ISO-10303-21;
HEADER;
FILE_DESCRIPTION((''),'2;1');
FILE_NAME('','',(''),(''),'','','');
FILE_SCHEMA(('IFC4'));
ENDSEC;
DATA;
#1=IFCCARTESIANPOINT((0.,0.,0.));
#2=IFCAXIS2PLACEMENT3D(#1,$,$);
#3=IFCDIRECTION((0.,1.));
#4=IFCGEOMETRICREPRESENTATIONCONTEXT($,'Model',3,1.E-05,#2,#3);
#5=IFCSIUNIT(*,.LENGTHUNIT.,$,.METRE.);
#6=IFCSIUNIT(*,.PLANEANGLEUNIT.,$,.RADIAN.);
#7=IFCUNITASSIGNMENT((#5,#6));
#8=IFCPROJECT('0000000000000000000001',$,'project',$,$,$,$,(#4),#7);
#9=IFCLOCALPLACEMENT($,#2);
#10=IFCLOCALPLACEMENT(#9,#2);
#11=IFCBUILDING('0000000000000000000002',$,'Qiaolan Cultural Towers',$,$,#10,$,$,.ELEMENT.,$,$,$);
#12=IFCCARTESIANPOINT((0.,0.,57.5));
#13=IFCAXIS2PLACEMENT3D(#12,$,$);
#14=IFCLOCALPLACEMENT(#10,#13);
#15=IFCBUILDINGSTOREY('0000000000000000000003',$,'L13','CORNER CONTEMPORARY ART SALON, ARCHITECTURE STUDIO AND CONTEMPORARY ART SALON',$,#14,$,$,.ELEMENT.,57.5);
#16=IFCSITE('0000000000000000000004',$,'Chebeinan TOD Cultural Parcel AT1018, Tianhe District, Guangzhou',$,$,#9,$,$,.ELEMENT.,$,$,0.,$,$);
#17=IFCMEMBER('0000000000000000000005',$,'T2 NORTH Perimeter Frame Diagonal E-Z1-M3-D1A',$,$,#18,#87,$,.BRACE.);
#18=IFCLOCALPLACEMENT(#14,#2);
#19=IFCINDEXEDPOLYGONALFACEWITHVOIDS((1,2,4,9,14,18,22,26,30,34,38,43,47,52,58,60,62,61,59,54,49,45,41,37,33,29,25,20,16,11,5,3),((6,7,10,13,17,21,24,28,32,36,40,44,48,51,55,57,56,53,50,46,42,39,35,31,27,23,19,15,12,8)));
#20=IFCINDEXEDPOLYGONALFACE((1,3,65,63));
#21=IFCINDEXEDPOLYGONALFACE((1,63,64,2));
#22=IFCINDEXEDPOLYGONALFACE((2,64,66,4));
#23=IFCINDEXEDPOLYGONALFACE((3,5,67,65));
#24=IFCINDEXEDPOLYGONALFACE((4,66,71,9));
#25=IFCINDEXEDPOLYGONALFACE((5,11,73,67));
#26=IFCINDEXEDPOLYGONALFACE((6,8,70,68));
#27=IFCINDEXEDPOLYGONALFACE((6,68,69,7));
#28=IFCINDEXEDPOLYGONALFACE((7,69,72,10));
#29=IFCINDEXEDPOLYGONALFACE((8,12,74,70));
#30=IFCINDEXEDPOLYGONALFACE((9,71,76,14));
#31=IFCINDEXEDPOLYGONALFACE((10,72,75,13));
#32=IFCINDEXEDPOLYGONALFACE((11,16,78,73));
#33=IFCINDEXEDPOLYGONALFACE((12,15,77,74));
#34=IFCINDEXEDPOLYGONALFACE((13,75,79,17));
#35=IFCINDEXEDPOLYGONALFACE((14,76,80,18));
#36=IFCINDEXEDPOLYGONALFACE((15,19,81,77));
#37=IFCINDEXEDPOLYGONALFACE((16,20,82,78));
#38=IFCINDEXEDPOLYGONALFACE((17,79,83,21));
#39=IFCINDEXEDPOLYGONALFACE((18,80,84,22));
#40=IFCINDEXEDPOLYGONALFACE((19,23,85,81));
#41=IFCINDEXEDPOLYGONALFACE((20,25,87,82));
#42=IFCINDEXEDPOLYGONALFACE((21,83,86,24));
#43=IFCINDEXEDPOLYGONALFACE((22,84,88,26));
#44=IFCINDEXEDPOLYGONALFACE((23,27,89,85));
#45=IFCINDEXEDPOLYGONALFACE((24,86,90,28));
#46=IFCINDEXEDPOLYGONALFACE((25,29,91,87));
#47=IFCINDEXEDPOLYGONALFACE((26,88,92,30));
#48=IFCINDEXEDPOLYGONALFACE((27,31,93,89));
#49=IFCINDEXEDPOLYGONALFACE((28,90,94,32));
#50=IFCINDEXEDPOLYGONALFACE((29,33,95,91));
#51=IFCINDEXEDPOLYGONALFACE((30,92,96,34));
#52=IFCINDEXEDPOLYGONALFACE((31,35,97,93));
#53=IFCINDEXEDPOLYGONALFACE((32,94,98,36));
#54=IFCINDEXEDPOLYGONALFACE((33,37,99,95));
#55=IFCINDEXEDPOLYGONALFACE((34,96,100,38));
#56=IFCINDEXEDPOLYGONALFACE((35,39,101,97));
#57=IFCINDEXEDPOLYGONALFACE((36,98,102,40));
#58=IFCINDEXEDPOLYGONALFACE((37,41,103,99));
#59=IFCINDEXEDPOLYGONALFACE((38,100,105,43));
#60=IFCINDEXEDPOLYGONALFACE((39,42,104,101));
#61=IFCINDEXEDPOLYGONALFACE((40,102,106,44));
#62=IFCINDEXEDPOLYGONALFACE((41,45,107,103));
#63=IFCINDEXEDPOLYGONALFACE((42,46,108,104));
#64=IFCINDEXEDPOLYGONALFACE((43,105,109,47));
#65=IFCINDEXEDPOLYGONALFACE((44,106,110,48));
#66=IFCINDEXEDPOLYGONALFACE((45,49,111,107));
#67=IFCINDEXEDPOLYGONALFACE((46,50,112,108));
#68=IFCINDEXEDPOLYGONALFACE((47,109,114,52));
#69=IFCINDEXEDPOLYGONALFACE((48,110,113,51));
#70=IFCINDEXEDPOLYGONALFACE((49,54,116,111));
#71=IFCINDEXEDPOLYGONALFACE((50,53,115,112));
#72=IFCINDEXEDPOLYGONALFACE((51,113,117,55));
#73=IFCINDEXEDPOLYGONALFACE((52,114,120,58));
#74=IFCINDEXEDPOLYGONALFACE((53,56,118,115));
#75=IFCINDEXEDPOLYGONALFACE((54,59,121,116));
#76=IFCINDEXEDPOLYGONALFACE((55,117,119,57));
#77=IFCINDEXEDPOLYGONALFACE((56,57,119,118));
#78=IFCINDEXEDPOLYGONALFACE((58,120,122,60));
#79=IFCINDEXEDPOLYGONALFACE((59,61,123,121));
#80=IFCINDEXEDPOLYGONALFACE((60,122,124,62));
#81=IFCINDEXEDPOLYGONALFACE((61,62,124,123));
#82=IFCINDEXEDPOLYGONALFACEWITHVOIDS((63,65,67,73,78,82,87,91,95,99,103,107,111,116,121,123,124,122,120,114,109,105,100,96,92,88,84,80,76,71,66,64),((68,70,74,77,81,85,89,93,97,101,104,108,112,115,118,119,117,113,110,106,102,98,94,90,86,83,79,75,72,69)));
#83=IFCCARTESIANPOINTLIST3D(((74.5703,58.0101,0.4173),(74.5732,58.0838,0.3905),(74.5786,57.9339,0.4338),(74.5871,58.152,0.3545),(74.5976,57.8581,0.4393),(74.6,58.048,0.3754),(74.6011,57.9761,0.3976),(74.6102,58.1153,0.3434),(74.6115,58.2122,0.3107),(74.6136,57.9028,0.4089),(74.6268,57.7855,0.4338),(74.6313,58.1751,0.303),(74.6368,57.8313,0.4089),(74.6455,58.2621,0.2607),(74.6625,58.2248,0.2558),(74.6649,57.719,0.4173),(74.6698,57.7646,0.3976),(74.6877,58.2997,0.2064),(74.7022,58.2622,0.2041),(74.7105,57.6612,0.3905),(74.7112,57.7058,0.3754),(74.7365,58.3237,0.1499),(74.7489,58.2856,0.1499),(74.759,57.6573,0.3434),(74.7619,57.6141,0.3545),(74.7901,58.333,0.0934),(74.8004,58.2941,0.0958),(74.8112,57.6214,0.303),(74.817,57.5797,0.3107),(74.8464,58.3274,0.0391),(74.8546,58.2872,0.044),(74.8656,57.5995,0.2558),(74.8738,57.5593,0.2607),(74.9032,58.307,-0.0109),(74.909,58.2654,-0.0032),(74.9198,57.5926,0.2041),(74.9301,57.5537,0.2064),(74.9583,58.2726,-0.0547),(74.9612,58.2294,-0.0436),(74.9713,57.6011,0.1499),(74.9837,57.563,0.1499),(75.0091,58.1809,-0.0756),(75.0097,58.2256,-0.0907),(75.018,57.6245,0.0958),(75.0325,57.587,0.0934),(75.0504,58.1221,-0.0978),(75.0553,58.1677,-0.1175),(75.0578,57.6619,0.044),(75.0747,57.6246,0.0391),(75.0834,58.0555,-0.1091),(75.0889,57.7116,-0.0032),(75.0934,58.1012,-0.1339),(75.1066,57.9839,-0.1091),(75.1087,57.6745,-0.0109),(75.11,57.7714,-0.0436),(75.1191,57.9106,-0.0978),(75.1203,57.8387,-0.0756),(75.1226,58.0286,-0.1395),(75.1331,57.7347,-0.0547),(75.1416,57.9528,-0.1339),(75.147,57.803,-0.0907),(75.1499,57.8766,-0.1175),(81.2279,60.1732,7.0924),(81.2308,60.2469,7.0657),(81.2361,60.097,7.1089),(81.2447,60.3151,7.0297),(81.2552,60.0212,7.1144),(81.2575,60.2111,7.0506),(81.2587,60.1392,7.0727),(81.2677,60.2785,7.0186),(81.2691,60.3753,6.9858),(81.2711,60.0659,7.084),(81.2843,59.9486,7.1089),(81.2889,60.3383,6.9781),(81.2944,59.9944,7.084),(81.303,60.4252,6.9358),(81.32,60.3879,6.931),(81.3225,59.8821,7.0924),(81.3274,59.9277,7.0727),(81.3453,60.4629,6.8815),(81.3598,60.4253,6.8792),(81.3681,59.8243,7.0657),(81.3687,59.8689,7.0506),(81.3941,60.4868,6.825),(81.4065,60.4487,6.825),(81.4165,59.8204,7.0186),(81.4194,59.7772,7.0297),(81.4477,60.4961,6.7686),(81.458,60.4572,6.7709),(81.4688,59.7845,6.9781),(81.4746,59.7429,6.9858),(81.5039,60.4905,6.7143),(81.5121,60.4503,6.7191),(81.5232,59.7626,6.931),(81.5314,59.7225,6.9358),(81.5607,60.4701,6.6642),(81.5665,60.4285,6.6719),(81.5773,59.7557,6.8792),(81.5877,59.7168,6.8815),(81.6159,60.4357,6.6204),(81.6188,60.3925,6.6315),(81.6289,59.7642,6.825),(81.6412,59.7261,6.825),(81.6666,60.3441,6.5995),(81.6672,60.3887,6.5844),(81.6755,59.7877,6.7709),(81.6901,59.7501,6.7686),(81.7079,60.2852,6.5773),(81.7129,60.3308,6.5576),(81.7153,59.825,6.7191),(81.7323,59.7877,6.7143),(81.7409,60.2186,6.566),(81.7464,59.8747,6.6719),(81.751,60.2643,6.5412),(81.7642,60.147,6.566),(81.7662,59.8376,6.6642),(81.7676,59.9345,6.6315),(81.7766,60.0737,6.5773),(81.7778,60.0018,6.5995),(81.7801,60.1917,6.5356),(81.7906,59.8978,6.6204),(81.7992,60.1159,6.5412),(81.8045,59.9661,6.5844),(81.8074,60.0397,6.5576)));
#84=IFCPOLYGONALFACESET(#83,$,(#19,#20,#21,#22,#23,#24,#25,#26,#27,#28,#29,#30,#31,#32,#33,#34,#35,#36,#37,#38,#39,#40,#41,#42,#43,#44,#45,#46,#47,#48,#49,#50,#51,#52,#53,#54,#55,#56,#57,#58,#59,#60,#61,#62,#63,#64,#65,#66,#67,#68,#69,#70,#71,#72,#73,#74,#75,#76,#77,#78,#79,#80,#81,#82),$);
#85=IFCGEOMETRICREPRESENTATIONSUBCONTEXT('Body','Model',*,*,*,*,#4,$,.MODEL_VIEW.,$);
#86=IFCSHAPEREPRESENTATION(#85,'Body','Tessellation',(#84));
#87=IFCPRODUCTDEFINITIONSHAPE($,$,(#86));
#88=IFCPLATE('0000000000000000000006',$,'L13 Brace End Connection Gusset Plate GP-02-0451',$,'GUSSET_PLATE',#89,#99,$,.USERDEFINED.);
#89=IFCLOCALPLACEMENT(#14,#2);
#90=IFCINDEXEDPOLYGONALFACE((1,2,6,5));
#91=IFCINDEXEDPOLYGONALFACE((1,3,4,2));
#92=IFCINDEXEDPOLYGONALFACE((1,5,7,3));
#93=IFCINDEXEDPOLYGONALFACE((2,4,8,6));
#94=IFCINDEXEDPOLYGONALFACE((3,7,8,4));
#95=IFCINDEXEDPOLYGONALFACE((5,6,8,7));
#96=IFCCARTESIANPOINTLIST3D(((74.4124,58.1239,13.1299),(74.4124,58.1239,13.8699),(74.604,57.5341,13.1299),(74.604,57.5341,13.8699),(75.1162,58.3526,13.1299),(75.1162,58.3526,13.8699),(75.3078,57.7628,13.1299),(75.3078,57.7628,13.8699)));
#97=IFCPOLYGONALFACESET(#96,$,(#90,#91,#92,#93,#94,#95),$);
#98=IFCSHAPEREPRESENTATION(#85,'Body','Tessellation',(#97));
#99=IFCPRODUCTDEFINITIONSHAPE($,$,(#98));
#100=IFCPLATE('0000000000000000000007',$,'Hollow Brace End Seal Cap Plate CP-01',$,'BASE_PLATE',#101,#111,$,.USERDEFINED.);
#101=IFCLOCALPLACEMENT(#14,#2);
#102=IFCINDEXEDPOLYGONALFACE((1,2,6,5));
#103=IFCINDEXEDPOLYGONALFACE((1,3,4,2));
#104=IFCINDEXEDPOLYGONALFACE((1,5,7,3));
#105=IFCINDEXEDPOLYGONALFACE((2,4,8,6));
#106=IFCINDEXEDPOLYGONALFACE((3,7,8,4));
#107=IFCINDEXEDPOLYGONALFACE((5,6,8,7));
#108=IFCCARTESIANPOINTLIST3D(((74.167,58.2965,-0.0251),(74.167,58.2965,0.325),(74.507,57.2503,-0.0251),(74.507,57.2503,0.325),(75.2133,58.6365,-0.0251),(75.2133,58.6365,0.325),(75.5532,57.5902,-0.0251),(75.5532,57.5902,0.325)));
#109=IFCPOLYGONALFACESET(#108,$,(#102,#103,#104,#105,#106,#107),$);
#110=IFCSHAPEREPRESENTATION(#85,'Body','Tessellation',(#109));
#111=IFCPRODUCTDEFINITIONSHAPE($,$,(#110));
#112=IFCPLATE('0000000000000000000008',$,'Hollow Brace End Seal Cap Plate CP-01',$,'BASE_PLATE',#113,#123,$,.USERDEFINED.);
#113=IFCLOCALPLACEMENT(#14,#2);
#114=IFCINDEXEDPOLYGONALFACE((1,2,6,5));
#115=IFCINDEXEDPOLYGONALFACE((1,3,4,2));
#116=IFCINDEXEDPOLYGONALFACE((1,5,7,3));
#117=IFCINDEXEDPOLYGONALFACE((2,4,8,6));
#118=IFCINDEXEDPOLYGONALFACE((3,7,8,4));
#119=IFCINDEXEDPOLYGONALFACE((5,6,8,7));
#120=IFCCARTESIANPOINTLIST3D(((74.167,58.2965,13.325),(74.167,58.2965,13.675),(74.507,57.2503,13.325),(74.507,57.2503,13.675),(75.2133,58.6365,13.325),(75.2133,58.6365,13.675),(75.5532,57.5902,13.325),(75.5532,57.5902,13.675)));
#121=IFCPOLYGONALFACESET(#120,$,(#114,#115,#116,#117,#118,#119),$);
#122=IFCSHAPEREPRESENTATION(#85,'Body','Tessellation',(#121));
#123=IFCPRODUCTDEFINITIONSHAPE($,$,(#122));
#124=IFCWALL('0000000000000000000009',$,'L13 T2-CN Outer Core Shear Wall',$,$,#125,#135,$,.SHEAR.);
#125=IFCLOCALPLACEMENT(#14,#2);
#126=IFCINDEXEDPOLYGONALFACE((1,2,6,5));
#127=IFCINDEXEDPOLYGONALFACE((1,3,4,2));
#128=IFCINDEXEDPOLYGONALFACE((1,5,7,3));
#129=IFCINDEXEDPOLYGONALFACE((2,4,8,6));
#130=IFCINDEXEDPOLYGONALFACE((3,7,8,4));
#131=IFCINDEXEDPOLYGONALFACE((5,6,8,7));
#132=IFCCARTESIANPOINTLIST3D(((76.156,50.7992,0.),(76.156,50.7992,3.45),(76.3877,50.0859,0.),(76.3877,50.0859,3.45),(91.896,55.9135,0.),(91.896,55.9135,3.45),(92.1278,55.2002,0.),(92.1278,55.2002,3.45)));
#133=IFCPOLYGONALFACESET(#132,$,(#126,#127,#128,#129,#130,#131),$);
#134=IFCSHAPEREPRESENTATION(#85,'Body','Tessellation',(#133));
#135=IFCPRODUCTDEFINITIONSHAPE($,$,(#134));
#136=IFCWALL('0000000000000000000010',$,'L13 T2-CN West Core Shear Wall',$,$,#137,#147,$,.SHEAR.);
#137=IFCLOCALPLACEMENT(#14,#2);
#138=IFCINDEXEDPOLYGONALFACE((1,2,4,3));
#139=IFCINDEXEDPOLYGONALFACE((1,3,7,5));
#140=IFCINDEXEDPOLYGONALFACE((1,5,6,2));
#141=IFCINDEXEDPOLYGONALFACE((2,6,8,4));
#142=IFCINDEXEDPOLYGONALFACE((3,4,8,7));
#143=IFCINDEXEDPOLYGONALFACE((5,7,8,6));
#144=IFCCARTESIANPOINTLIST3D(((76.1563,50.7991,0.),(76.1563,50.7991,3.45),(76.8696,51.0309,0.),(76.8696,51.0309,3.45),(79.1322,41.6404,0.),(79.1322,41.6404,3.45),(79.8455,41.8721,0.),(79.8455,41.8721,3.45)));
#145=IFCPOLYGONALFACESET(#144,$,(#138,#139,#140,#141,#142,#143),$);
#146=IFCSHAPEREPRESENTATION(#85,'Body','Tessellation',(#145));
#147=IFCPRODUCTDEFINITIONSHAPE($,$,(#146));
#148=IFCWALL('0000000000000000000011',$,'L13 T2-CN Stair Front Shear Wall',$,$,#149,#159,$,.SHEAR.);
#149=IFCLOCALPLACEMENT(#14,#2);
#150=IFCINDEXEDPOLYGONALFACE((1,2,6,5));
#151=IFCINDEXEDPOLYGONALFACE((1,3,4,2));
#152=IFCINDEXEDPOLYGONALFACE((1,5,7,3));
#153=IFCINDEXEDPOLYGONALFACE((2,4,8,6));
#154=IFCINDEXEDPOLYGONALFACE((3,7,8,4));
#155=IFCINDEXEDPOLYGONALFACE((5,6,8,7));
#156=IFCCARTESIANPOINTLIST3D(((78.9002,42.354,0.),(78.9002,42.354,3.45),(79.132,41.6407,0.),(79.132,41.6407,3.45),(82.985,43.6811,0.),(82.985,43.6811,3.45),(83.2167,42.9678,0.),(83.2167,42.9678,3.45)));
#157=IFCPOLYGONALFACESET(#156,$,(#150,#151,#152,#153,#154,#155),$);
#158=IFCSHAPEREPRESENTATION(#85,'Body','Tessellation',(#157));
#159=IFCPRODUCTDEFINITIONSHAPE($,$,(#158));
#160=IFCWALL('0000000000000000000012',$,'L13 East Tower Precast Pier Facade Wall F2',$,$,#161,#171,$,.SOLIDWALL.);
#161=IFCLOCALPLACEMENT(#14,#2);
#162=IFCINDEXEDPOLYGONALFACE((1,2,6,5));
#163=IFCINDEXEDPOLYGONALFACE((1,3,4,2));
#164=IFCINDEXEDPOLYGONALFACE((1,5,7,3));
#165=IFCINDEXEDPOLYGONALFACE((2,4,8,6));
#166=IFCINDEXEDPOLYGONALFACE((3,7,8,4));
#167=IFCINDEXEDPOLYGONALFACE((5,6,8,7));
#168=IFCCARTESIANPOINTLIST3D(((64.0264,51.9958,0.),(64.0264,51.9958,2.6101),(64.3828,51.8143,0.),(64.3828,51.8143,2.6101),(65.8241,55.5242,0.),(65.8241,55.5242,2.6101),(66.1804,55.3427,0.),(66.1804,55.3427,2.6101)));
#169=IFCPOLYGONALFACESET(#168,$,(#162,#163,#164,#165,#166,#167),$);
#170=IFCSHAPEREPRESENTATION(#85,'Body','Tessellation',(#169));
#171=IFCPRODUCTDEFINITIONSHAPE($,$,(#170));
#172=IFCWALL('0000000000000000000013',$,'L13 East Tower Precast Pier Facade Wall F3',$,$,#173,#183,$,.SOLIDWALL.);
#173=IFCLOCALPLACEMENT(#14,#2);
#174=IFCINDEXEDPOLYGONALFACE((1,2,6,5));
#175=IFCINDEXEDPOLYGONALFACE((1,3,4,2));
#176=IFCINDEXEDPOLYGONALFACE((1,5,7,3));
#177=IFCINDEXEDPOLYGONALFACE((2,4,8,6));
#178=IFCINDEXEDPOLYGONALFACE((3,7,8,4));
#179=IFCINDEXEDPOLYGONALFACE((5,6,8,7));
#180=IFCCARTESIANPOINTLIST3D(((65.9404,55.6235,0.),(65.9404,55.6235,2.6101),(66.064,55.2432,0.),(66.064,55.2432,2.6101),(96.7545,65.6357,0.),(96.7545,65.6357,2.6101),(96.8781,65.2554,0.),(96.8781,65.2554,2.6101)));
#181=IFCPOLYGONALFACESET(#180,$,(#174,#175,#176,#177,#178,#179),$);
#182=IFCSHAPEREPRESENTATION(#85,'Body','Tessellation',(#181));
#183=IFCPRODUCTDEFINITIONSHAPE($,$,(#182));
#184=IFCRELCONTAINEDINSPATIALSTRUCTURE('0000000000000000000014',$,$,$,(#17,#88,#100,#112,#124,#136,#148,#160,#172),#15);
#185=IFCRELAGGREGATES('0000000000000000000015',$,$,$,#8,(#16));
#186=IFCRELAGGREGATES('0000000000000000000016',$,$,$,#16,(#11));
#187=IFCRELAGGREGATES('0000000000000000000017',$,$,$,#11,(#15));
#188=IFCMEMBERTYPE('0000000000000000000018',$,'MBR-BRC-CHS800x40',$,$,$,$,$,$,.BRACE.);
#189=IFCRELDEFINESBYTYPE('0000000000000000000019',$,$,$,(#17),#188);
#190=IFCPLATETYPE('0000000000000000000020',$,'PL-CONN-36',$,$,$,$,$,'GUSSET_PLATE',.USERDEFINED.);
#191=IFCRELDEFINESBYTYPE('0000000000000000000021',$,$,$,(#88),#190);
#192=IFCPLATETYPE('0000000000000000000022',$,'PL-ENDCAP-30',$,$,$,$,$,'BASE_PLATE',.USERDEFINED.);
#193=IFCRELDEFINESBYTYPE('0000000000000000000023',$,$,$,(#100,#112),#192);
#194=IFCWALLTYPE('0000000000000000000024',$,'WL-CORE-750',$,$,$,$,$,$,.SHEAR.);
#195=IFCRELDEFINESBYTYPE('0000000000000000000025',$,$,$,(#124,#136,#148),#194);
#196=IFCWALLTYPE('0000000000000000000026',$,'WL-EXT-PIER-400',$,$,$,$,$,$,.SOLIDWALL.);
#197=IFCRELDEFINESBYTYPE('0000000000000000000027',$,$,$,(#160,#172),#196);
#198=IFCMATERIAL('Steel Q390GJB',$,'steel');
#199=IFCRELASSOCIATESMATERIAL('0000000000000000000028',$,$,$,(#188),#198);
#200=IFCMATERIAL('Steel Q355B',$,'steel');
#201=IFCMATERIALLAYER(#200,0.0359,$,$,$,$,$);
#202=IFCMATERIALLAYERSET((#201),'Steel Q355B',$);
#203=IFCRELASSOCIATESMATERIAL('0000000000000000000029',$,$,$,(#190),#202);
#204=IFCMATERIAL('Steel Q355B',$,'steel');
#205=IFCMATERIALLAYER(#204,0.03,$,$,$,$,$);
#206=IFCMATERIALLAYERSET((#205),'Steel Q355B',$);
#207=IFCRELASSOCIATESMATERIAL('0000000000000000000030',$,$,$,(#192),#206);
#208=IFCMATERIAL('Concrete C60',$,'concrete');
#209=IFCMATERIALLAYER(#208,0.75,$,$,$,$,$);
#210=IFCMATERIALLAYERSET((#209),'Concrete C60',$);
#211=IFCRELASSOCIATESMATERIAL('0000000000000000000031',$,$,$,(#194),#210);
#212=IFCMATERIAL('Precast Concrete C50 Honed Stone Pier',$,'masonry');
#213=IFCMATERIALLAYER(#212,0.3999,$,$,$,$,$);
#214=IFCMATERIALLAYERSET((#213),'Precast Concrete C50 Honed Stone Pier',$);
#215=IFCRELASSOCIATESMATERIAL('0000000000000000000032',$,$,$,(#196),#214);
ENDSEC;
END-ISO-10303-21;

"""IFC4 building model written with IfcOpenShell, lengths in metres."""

from ifc_helpers import new_model, si_unit, direction, frame, frame_2d, origin, origin_2d, place, context, subcontext, project, spatial, rectangle, hollow_circle, extrude, material, layer, layer_set, material_profile, profile_set, type_object, element, save


model = new_model("IFC4")

# Units and contexts
model_context = context("Model", 3, precision=1e-05, world=origin(), true_north=direction((0.0, 1.0)))
body_context = subcontext(model_context, "Body", "Model", "MODEL_VIEW")
ifc_project = project(units=[si_unit("LENGTHUNIT", "METRE"), si_unit("PLANEANGLEUNIT", "RADIAN")], contexts=[model_context])

# Site, building, storey
site_placement = place(None, origin())
site = spatial("IfcSite", under=ifc_project, at=site_placement, Name="Chebeinan TOD Cultural Parcel AT1018, Tianhe District, Guangzhou", CompositionType="ELEMENT", RefElevation=0.0)
building_placement = place(site_placement, origin())
building = spatial("IfcBuilding", under=site, at=building_placement, Name="Qiaolan Cultural Towers", CompositionType="ELEMENT")
storey_placement = place(building_placement, frame((0.0, 0.0, 57.5)))
storey = spatial("IfcBuildingStorey", under=building, at=storey_placement, Name="L13", Description="CORNER CONTEMPORARY ART SALON, ARCHITECTURE STUDIO AND CONTEMPORARY ART SALON", CompositionType="ELEMENT", Elevation=57.5)

# Member
ifc_material_1 = material(Name="Steel Q390GJB", Category="steel")
ifc_material_profile_1 = material_profile(ifc_material_1, hollow_circle(Radius=0.3999, WallThickness=0.04, at=origin_2d()), Name="CHS800x40")
ifc_profile_set_1 = profile_set([ifc_material_profile_1], Name="Steel Q390GJB")
member_type = type_object("IfcMemberType", Name="MBR-BRC-CHS800x40", PredefinedType="BRACE", material=ifc_profile_set_1)
member_placement = place(storey_placement, frame((74.8601, 57.9434, 0.1499), z_axis=(0.688289, 0.223633, 0.690106), x_axis=(-0.30901, 0.951059, 0.0)))
element("IfcMember", 1, at=member_placement, inside=storey, type_object=member_type, Name="T2 NORTH Perimeter Frame Diagonal E-Z1-M3-D1A", PredefinedType="BRACE", context=body_context, shape_type="SweptSolid", body=[
    extrude(hollow_circle(Radius=0.3999, WallThickness=0.04, at=origin_2d()), origin(), (0.0, 0.0, 1.0), 9.6726),
])

# Plates
ifc_material_2 = material(Name="Steel Q355B", Category="steel")
ifc_layer_1 = layer(ifc_material_2, 0.0359)
ifc_layer_set_1 = layer_set([ifc_layer_1], Name="Steel Q355B")
plate_type_1 = type_object("IfcPlateType", Name="PL-CONN-36", ElementType="GUSSET_PLATE", PredefinedType="USERDEFINED", material=ifc_layer_set_1)
plate_placement = place(storey_placement, frame((74.8601, 57.9434, 13.1299), z_axis=(0.0, 0.0, 1.0), x_axis=(0.951057, 0.309017, 0.0)))
element("IfcPlate", 2, at=plate_placement, inside=storey, type_object=plate_type_1, Name="L13 Brace End Connection Gusset Plate GP-02-0451", ObjectType="GUSSET_PLATE", PredefinedType="USERDEFINED", context=body_context, shape_type="SweptSolid", body=[
    extrude(rectangle(XDim=0.74, YDim=0.6201, at=origin_2d()), origin(), (0.0, 0.0, 1.0), 0.74),
])
ifc_material_3 = material(Name="Steel Q355B", Category="steel")
ifc_layer_2 = layer(ifc_material_3, 0.03)
ifc_layer_set_2 = layer_set([ifc_layer_2], Name="Steel Q355B")
plate_type_2 = type_object("IfcPlateType", Name="PL-ENDCAP-30", ElementType="BASE_PLATE", PredefinedType="USERDEFINED", material=ifc_layer_set_2)
for number, where, z_axis, x_axis, name in (
    (3, (74.8601, 57.9434, -0.0251), (0.0, 0.0, 1.0), (0.951057, 0.309017, 0.0), "Hollow Brace End Seal Cap Plate CP-01"),
    (4, (74.8601, 57.9434, 13.325), (0.0, 0.0, 1.0), (0.951057, 0.309017, 0.0), "Hollow Brace End Seal Cap Plate CP-01"),
):
    element("IfcPlate", number, at=place(storey_placement, frame(where, z_axis=z_axis, x_axis=x_axis)), inside=storey, type_object=plate_type_2, Name=name, ObjectType="BASE_PLATE", PredefinedType="USERDEFINED", context=body_context, shape_type="SweptSolid", body=[
        extrude(rectangle(XDim=1.1001, YDim=1.1001, at=origin_2d()), origin(), (0.0, 0.0, 1.0), 0.3501),
    ])

# Walls
ifc_material_4 = material(Name="Concrete C60", Category="concrete")
ifc_layer_3 = layer(ifc_material_4, 0.75)
ifc_layer_set_3 = layer_set([ifc_layer_3], Name="Concrete C60")
wall_type_1 = type_object("IfcWallType", Name="WL-CORE-750", PredefinedType="SHEAR", material=ifc_layer_set_3)
wall_1_placement = place(storey_placement, frame((76.272, 50.4426, 0.0), z_axis=(0.0, 0.0, 1.0), x_axis=(0.951056, 0.309018, 0.0)))
element("IfcWall", 5, at=wall_1_placement, inside=storey, type_object=wall_type_1, Name="L13 T2-CN Outer Core Shear Wall", PredefinedType="SHEAR", context=body_context, shape_type="SweptSolid", body=[
    extrude(rectangle(XDim=16.55, YDim=0.75, at=frame_2d((8.2749, 0.0))), origin(), (0.0, 0.0, 1.0), 3.45),
])
wall_2_placement = place(storey_placement, frame((79.4888, 41.7563, 0.0), z_axis=(0.0, 0.0, 1.0), x_axis=(-0.309016, 0.951057, 0.0)))
element("IfcWall", 6, at=wall_2_placement, inside=storey, type_object=wall_type_1, Name="L13 T2-CN West Core Shear Wall", PredefinedType="SHEAR", context=body_context, shape_type="SweptSolid", body=[
    extrude(rectangle(XDim=9.6301, YDim=0.75, at=frame_2d((4.8149, 0.0))), origin(), (0.0, 0.0, 1.0), 3.45),
])
wall_3_placement = place(storey_placement, frame((79.0161, 41.9973, 0.0), z_axis=(0.0, 0.0, 1.0), x_axis=(0.95106, 0.309005, 0.0)))
element("IfcWall", 7, at=wall_3_placement, inside=storey, type_object=wall_type_1, Name="L13 T2-CN Stair Front Shear Wall", PredefinedType="SHEAR", context=body_context, shape_type="SweptSolid", body=[
    extrude(rectangle(XDim=4.2949, YDim=0.75, at=frame_2d((2.1475, 0.0))), origin(), (0.0, 0.0, 1.0), 3.45),
])
ifc_material_5 = material(Name="Precast Concrete C50 Honed Stone Pier", Category="masonry")
ifc_layer_4 = layer(ifc_material_5, 0.3999)
ifc_layer_set_4 = layer_set([ifc_layer_4], Name="Precast Concrete C50 Honed Stone Pier")
wall_type_2 = type_object("IfcWallType", Name="WL-EXT-PIER-400", PredefinedType="SOLIDWALL", material=ifc_layer_set_4)
wall_4_placement = place(storey_placement, frame((64.2046, 51.905, 0.0), z_axis=(0.0, 0.0, 1.0), x_axis=(0.453958, 0.891023, 0.0)))
element("IfcWall", 8, at=wall_4_placement, inside=storey, type_object=wall_type_2, Name="L13 East Tower Precast Pier Facade Wall F2", PredefinedType="SOLIDWALL", context=body_context, shape_type="SweptSolid", body=[
    extrude(rectangle(XDim=3.96, YDim=0.3999, at=frame_2d((1.98, 0.0))), origin(), (0.0, 0.0, 1.0), 2.6101),
])
wall_5_placement = place(storey_placement, frame((66.0022, 55.4333, 0.0), z_axis=(0.0, 0.0, 1.0), x_axis=(0.951056, 0.309019, 0.0)))
element("IfcWall", 9, at=wall_5_placement, inside=storey, type_object=wall_type_2, Name="L13 East Tower Precast Pier Facade Wall F3", PredefinedType="SOLIDWALL", context=body_context, shape_type="SweptSolid", body=[
    extrude(rectangle(XDim=32.3999, YDim=0.3999, at=frame_2d((16.2, 0.0))), origin(), (0.0, 0.0, 1.0), 2.6101),
])

save(model, "model.ifc")
